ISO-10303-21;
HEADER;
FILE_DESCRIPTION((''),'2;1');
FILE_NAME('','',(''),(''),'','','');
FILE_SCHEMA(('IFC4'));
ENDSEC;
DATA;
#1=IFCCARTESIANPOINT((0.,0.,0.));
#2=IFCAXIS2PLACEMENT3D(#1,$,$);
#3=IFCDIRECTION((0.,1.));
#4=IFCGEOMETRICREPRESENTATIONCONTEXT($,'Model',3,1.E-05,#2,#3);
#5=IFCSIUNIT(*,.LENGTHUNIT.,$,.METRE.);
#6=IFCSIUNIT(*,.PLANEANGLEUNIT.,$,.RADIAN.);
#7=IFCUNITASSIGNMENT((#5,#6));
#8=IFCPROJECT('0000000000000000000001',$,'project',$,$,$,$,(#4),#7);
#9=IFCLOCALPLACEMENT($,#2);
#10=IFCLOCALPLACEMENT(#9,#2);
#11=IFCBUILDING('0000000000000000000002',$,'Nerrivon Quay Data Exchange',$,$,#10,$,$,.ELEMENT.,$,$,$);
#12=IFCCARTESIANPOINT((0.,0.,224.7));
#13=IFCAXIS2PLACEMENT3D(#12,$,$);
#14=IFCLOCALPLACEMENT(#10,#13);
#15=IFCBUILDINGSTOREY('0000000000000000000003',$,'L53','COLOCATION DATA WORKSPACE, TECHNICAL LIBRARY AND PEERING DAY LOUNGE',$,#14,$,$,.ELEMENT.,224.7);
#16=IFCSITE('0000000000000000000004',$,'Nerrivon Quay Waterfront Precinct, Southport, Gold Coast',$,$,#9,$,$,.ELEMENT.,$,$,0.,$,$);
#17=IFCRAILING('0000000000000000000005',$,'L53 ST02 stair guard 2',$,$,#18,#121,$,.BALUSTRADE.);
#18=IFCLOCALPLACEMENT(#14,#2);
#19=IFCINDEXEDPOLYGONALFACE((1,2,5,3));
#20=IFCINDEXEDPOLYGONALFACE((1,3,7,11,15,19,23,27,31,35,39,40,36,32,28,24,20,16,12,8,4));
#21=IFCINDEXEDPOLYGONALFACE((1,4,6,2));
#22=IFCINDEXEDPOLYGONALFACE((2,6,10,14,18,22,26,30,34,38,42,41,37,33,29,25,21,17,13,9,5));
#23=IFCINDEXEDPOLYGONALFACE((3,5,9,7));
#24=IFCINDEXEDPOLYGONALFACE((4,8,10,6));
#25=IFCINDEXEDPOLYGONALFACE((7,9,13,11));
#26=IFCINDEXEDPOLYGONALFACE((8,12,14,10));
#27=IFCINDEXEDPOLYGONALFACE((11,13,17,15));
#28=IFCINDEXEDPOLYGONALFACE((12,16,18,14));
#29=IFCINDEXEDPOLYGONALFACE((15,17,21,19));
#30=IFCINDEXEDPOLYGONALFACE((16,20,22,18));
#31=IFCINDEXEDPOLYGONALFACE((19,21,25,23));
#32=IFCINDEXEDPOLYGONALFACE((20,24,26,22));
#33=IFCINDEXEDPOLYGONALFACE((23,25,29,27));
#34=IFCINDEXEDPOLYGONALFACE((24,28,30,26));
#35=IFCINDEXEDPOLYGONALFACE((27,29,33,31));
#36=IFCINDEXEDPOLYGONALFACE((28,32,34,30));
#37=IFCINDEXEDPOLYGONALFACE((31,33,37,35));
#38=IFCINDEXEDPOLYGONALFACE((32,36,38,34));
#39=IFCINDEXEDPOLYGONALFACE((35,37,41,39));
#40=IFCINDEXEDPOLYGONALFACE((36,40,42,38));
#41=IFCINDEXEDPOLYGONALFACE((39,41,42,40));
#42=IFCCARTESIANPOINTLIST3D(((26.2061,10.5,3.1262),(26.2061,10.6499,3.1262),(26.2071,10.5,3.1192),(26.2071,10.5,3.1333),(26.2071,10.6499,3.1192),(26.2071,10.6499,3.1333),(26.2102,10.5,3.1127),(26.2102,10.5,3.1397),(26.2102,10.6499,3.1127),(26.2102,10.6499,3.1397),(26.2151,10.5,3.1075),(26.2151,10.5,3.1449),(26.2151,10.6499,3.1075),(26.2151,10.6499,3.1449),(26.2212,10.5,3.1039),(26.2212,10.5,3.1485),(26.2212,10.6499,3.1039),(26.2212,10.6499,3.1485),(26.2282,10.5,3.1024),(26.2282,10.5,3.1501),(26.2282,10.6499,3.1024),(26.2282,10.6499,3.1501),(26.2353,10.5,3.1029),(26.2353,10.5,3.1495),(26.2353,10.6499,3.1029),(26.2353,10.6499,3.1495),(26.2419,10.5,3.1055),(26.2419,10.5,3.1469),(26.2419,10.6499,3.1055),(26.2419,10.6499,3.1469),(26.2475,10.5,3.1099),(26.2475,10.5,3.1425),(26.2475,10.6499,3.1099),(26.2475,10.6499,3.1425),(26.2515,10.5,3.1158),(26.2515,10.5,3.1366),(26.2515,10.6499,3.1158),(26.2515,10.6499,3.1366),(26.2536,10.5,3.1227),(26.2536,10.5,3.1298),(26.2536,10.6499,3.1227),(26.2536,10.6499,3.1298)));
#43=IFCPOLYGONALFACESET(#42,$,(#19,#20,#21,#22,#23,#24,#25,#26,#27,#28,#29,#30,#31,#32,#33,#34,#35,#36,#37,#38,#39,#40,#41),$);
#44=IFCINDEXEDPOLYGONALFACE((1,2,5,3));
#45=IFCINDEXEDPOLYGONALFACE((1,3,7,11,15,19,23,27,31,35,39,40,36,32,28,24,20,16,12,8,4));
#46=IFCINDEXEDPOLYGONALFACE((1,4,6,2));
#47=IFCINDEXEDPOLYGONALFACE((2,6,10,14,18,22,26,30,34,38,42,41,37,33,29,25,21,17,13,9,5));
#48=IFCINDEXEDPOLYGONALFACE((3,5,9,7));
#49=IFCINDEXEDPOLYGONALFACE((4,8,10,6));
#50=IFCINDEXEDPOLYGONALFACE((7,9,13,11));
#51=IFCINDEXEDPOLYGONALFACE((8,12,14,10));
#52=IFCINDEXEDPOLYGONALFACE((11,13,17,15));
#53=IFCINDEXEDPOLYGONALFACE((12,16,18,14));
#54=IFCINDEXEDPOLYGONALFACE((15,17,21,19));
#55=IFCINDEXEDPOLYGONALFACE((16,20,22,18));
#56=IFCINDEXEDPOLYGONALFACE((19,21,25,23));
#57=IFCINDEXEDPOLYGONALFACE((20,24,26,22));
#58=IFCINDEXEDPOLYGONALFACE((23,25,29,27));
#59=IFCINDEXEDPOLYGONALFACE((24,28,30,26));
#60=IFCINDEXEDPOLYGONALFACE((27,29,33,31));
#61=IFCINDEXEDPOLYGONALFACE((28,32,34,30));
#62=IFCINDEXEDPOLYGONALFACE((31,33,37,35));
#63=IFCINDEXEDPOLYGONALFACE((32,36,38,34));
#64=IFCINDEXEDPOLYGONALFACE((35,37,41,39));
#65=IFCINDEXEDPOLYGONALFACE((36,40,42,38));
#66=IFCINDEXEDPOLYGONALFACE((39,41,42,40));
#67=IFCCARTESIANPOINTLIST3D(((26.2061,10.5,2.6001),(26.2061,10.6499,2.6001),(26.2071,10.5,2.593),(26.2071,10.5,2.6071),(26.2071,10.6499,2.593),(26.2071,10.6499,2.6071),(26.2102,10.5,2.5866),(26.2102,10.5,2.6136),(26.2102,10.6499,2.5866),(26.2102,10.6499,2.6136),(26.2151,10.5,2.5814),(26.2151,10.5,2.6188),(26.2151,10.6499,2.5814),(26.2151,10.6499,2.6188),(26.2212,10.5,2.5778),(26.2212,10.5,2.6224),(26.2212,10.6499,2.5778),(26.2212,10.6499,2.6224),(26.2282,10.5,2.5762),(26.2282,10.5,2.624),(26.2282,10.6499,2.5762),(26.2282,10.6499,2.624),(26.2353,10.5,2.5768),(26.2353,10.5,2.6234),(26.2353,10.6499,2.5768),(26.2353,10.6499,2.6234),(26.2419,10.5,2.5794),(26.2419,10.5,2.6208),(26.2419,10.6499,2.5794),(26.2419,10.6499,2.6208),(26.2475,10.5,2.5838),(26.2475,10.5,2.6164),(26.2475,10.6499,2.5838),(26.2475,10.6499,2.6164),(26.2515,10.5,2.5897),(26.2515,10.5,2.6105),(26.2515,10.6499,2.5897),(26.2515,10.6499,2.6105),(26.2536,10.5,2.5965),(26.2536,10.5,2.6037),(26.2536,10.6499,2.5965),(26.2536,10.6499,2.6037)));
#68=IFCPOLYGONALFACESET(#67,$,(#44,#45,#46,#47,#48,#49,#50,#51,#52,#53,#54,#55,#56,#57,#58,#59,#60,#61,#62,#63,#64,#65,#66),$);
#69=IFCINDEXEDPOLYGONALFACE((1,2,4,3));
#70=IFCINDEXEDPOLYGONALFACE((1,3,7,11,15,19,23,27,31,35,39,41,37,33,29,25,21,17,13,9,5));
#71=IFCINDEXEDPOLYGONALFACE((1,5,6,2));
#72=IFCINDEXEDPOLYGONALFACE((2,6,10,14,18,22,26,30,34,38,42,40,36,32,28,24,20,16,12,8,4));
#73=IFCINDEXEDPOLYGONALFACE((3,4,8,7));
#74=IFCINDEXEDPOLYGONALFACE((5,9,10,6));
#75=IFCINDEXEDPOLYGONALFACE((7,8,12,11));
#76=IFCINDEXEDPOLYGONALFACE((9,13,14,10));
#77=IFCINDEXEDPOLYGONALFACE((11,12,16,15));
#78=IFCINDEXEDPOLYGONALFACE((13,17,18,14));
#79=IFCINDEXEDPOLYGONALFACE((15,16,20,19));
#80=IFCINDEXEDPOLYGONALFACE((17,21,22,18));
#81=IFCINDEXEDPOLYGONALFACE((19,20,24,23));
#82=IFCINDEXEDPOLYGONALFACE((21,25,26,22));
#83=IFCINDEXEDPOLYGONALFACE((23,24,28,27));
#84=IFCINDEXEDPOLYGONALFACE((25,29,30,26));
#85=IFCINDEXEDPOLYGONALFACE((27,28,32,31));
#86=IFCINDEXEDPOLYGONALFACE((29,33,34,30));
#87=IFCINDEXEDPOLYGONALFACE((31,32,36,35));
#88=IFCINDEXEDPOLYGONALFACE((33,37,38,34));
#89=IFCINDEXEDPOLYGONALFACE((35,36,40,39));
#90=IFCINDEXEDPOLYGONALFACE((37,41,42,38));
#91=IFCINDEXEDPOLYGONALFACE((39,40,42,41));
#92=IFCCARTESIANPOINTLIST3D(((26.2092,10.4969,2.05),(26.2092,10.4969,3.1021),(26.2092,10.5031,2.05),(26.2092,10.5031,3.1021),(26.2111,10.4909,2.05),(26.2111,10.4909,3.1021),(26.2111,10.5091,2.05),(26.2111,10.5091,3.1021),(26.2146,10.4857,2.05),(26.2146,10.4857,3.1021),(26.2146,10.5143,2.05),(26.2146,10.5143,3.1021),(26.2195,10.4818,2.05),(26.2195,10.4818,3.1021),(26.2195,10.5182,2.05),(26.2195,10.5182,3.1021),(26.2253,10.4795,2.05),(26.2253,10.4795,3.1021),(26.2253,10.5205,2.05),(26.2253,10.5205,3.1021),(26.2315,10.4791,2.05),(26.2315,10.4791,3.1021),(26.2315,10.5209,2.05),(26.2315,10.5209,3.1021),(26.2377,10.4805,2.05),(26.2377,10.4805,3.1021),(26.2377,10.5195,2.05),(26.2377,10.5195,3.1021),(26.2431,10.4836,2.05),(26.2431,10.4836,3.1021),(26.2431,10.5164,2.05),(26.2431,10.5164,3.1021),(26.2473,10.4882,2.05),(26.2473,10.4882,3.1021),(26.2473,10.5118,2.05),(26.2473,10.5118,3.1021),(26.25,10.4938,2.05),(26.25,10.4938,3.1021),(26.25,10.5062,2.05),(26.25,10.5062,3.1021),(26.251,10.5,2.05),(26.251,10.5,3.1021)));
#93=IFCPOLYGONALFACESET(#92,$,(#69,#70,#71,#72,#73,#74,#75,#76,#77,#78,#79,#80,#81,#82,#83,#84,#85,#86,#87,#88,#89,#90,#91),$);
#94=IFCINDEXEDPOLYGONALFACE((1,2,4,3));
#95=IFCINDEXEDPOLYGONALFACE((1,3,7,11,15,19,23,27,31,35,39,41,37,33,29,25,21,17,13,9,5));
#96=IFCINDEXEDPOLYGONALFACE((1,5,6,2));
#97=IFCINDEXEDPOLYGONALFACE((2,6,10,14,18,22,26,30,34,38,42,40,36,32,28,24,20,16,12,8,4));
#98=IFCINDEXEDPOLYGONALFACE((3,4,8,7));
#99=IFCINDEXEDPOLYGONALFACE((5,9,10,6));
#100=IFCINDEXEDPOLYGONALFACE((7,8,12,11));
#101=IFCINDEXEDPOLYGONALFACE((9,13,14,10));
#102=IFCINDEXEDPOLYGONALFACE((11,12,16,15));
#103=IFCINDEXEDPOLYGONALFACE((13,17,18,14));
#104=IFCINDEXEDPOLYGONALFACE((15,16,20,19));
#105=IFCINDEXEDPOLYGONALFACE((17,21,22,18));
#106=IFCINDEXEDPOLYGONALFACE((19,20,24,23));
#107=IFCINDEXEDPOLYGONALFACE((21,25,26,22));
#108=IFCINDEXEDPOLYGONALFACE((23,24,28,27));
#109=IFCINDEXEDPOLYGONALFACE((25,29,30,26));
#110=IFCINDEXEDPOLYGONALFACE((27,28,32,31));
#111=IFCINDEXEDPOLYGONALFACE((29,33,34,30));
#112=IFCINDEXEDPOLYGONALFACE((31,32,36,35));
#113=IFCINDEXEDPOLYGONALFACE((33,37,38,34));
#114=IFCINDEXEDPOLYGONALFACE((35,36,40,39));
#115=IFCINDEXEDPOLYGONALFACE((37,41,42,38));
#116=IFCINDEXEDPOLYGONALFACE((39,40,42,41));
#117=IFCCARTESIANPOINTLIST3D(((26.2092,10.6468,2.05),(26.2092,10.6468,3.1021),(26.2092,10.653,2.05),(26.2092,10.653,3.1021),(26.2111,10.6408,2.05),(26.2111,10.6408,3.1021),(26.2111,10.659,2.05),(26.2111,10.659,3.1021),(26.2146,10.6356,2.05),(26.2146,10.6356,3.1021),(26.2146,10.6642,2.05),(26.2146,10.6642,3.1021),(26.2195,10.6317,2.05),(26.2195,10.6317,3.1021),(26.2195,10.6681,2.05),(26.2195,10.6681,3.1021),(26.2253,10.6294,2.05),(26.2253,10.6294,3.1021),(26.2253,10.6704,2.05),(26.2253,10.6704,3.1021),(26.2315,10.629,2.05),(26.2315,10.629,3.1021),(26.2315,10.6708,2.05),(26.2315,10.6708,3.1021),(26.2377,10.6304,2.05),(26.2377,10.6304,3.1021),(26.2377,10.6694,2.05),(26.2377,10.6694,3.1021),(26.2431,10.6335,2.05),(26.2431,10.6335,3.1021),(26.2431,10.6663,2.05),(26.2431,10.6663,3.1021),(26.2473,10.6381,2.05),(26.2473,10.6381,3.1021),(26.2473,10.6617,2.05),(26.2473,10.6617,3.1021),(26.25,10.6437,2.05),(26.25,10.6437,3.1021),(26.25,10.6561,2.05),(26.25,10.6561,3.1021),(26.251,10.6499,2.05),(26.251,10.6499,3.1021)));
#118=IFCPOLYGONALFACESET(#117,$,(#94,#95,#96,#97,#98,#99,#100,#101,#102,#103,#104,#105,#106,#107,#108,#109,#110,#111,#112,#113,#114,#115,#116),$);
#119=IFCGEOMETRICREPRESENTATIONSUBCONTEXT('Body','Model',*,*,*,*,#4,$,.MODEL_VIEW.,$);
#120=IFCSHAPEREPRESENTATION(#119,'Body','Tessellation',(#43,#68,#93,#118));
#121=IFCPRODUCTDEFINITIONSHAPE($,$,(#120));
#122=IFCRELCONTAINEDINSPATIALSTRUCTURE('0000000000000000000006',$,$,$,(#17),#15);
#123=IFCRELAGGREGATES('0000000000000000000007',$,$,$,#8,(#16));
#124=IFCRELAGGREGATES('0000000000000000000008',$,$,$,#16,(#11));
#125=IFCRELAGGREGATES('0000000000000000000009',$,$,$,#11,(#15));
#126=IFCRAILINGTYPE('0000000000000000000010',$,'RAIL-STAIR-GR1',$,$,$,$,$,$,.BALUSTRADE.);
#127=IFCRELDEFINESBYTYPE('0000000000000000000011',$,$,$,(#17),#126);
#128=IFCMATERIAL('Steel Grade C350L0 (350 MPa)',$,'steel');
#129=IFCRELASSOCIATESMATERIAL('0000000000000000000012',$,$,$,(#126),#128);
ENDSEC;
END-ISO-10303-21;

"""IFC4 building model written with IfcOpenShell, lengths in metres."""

from ifc_helpers import new_model, si_unit, direction, frame, origin, origin_2d, place, context, subcontext, project, spatial, circle, extrude, material, type_object, element, save


model = new_model("IFC4")

# Units and contexts
model_context = context("Model", 3, precision=1e-05, world=origin(), true_north=direction((0.0, 1.0)))
body_context = subcontext(model_context, "Body", "Model", "MODEL_VIEW")
ifc_project = project(units=[si_unit("LENGTHUNIT", "METRE"), si_unit("PLANEANGLEUNIT", "RADIAN")], contexts=[model_context])

# Site, building, storey
site_placement = place(None, origin())
site = spatial("IfcSite", under=ifc_project, at=site_placement, Name="Nerrivon Quay Waterfront Precinct, Southport, Gold Coast", CompositionType="ELEMENT", RefElevation=0.0)
building_placement = place(site_placement, origin())
building = spatial("IfcBuilding", under=site, at=building_placement, Name="Nerrivon Quay Data Exchange", CompositionType="ELEMENT")
storey_placement = place(building_placement, frame((0.0, 0.0, 224.7)))
storey = spatial("IfcBuildingStorey", under=building, at=storey_placement, Name="L53", Description="COLOCATION DATA WORKSPACE, TECHNICAL LIBRARY AND PEERING DAY LOUNGE", CompositionType="ELEMENT", Elevation=224.7)

# Railing
ifc_material_1 = material(Name="Steel Grade C350L0 (350 MPa)", Category="steel")
railing_type_1 = type_object("IfcRailingType", Name="RAIL-STAIR-GR1", PredefinedType="BALUSTRADE", material=ifc_material_1)
railing_1_placement = place(storey_placement, frame((26.23, 10.5, 2.05)))
element("IfcRailing", 1, at=railing_1_placement, inside=storey, type_object=railing_type_1, Name="L53 ST02 stair guard 2", PredefinedType="BALUSTRADE", context=body_context, shape_type="SweptSolid", body=[
    extrude(circle(Radius=0.0239, at=origin_2d()), frame((0.0, 0.0, 1.0762), z_axis=(0.0, 1.0, 0.0), x_axis=(-1.0, 0.0, 0.0)), (0.0, 0.0, 1.0), 0.1499),
    extrude(circle(Radius=0.0239, at=origin_2d()), frame((0.0, 0.0, 0.55), z_axis=(0.0, 1.0, 0.0), x_axis=(-1.0, 0.0, 0.0)), (0.0, 0.0, 1.0), 0.1499),
    extrude(circle(Radius=0.021, at=origin_2d()), origin(), (0.0, 0.0, 1.0), 1.052),
    extrude(circle(Radius=0.021, at=origin_2d()), frame((0.0, 0.1499, 0.0)), (0.0, 0.0, 1.0), 1.052),
])

save(model, "model.ifc")
